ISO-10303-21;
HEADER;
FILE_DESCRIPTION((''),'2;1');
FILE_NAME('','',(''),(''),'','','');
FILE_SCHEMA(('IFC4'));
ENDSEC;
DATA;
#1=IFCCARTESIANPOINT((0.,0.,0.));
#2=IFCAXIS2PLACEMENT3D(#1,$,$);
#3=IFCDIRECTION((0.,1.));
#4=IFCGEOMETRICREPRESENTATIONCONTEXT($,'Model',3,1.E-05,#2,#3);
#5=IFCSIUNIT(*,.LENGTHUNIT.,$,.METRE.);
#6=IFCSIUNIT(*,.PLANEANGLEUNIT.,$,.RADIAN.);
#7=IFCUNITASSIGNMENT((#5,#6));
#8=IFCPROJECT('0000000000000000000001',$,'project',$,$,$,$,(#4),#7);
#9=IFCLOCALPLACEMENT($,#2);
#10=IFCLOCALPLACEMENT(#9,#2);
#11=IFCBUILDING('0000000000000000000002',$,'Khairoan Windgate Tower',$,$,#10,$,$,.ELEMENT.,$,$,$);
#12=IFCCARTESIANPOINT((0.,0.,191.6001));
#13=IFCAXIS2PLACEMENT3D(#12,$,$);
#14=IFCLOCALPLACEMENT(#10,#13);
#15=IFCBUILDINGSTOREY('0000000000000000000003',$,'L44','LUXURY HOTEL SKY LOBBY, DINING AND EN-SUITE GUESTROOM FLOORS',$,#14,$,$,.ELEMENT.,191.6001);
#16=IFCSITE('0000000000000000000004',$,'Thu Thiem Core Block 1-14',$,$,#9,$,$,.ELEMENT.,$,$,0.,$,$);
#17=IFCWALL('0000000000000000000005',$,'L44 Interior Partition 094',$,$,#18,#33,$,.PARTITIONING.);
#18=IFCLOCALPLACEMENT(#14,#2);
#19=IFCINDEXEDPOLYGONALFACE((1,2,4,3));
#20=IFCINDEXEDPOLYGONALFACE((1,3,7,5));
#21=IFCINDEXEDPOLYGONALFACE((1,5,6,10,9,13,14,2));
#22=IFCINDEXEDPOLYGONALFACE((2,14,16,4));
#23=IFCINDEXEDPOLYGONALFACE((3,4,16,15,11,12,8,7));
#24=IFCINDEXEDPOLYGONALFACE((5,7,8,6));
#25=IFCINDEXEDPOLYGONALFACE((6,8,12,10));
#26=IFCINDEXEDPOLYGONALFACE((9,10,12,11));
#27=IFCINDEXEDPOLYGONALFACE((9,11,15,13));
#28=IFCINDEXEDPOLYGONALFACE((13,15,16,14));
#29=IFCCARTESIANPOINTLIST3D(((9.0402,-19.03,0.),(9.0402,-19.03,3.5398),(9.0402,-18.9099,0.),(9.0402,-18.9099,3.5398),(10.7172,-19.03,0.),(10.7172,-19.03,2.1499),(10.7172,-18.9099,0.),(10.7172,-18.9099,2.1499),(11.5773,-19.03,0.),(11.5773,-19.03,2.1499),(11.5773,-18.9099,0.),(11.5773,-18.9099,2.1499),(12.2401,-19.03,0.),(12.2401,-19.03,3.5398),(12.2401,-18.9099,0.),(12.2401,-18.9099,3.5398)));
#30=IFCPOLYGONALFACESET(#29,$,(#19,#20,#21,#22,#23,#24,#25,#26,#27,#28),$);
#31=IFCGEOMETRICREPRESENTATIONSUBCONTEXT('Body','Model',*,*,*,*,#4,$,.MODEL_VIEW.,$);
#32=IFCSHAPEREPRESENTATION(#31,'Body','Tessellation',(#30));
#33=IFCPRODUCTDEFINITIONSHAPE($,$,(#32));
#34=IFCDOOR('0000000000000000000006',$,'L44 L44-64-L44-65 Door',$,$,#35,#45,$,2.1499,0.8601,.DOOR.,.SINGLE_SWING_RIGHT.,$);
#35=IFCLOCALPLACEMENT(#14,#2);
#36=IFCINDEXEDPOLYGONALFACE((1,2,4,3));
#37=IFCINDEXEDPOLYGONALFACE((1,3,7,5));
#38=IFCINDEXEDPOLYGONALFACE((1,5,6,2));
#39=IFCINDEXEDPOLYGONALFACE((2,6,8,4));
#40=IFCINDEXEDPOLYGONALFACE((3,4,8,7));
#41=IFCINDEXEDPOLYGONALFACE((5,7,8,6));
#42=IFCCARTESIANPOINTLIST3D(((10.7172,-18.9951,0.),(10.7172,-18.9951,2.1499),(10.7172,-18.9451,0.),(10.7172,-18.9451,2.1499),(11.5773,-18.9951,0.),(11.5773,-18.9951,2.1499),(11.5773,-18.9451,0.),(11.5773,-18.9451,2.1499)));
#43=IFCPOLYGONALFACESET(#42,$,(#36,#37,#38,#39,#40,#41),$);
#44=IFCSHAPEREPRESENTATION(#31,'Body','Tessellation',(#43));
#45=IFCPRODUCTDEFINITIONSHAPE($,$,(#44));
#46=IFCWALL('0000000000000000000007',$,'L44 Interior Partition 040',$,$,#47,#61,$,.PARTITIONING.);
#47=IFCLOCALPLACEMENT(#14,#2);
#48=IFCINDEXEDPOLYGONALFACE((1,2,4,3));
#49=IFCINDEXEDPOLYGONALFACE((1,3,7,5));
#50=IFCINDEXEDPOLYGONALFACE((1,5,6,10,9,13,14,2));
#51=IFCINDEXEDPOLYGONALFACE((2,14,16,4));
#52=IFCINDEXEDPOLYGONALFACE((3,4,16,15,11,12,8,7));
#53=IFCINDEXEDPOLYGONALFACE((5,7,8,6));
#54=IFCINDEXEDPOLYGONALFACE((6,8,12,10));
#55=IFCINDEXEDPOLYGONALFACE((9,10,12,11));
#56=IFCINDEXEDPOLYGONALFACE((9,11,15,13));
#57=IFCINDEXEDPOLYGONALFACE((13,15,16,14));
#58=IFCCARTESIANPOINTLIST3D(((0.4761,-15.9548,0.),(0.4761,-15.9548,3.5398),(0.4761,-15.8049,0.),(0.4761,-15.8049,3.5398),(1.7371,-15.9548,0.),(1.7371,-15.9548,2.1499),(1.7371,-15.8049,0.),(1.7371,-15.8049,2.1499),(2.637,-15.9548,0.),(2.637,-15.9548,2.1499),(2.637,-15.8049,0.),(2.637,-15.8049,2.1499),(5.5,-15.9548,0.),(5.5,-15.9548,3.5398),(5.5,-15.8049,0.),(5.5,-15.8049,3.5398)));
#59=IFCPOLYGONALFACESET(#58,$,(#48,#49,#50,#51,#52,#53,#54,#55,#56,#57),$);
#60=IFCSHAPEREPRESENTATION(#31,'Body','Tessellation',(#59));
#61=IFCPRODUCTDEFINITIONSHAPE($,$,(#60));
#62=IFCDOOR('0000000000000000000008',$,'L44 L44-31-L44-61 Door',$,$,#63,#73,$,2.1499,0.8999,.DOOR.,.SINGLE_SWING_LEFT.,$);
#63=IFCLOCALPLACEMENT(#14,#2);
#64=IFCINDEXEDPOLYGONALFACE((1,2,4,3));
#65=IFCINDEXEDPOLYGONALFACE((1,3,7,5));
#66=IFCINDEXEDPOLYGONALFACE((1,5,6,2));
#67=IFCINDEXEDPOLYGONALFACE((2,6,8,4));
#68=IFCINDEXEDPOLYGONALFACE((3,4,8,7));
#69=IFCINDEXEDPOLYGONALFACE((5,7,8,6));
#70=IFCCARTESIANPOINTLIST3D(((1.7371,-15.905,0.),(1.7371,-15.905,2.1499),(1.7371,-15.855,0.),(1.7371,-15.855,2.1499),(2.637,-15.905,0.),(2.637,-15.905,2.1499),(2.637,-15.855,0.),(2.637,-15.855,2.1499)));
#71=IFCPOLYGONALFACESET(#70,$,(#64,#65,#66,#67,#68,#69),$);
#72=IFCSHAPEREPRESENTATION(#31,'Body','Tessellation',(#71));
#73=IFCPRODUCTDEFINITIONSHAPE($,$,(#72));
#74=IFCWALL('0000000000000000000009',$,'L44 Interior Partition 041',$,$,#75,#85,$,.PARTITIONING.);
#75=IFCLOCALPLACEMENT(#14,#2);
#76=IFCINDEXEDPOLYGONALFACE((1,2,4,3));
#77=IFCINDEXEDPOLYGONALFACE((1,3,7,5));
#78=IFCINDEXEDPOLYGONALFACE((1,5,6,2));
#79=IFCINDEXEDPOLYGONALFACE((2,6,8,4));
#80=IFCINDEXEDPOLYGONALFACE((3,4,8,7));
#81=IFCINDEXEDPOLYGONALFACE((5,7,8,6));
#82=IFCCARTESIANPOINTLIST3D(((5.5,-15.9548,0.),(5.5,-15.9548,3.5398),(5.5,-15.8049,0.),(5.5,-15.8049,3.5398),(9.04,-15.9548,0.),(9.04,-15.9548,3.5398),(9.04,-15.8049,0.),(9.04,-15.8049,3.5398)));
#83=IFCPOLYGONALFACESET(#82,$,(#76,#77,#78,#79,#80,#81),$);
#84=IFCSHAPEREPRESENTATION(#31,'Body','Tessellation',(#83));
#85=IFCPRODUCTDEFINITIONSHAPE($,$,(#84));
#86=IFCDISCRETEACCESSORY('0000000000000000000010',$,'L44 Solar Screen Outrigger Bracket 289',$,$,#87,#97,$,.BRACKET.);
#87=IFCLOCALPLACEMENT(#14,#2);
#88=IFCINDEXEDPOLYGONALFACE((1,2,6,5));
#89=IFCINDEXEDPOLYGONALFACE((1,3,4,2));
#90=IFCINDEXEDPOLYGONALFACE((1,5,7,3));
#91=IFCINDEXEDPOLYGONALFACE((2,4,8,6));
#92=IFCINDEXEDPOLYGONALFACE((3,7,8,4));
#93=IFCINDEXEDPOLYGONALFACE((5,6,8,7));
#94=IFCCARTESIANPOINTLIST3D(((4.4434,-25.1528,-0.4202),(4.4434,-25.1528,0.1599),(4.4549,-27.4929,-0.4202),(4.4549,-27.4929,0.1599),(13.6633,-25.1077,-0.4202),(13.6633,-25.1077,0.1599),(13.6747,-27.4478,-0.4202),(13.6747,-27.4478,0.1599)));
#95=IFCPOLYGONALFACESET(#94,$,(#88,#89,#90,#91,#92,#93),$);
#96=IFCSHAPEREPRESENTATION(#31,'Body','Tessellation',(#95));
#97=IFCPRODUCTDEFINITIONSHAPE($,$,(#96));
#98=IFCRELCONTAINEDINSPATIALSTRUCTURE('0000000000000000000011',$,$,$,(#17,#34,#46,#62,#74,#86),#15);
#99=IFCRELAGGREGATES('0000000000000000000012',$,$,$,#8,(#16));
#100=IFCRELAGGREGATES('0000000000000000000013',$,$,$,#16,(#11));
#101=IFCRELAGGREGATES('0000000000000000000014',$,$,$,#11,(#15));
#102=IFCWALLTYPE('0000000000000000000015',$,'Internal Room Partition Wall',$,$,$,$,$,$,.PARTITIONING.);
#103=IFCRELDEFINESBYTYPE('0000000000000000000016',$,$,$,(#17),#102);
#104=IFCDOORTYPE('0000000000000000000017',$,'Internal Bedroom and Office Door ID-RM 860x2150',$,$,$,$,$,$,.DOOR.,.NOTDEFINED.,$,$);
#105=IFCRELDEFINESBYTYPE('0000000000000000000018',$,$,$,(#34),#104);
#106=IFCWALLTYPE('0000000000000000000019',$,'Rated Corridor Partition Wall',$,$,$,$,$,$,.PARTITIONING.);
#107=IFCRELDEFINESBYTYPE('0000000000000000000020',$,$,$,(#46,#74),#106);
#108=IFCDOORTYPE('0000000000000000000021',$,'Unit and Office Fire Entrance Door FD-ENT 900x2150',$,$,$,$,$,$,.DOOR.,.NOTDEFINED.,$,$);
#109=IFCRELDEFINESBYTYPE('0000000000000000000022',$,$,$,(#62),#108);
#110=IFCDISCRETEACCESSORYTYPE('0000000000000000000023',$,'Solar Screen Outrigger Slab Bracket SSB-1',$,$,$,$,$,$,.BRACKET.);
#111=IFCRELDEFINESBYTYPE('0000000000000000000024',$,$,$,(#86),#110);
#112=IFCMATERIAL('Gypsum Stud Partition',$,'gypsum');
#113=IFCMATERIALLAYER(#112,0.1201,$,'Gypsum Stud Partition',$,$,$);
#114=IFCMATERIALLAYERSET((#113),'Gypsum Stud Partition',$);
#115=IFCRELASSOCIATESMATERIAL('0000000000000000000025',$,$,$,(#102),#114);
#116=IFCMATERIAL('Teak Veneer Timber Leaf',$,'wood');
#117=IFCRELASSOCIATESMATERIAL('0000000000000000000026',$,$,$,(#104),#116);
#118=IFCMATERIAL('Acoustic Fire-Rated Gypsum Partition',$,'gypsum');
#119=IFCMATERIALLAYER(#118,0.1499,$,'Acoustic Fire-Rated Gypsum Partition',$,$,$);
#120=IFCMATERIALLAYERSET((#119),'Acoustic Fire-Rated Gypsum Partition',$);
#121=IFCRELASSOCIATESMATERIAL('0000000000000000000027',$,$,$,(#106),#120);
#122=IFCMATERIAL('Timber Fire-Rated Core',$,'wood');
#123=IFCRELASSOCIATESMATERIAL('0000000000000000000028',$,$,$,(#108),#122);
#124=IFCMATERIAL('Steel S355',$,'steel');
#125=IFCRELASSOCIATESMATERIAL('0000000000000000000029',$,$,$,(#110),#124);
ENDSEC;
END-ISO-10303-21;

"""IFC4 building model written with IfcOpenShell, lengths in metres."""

from ifc_helpers import new_model, si_unit, direction, frame, frame_2d, origin, origin_2d, place, context, subcontext, project, spatial, rectangle, extrude, material, layer, layer_set, type_object, element, fill, save


model = new_model("IFC4")

# Units and contexts
model_context = context("Model", 3, precision=1e-05, world=origin(), true_north=direction((0.0, 1.0)))
body_context = subcontext(model_context, "Body", "Model", "MODEL_VIEW")
ifc_project = project(units=[si_unit("LENGTHUNIT", "METRE"), si_unit("PLANEANGLEUNIT", "RADIAN")], contexts=[model_context])

# Site, building, storey
site_placement = place(None, origin())
site = spatial("IfcSite", under=ifc_project, at=site_placement, Name="Thu Thiem Core Block 1-14", CompositionType="ELEMENT", RefElevation=0.0)
building_placement = place(site_placement, origin())
building = spatial("IfcBuilding", under=site, at=building_placement, Name="Khairoan Windgate Tower", CompositionType="ELEMENT")
storey_placement = place(building_placement, frame((0.0, 0.0, 191.6001)))
storey = spatial("IfcBuildingStorey", under=building, at=storey_placement, Name="L44", Description="LUXURY HOTEL SKY LOBBY, DINING AND EN-SUITE GUESTROOM FLOORS", CompositionType="ELEMENT", Elevation=191.6001)

# Walls, openings, doors
ifc_material_1 = material(Name="Gypsum Stud Partition", Category="gypsum")
ifc_layer_1 = layer(ifc_material_1, 0.1201, Name="Gypsum Stud Partition")
ifc_layer_set_1 = layer_set([ifc_layer_1], Name="Gypsum Stud Partition")
wall_type_1 = type_object("IfcWallType", Name="Internal Room Partition Wall", PredefinedType="PARTITIONING", material=ifc_layer_set_1)
ifc_material_2 = material(Name="Teak Veneer Timber Leaf", Category="wood")
door_type_1 = type_object("IfcDoorType", Name="Internal Bedroom and Office Door ID-RM 860x2150", OperationType="NOTDEFINED", PredefinedType="DOOR", material=ifc_material_2)
wall_1_placement = place(storey_placement, frame((9.04, -18.97, 0.0), z_axis=(0.0, 0.0, 1.0), x_axis=(1.0, 0.0, 0.0)))
wall_1 = element("IfcWall", 1, at=wall_1_placement, inside=storey, type_object=wall_type_1, Name="L44 Interior Partition 094", PredefinedType="PARTITIONING", context=body_context, shape_type="SweptSolid", body=[
    extrude(rectangle(XDim=3.2, YDim=0.1201, at=frame_2d((1.6001, 0.0))), origin(), (0.0, 0.0, 1.0), 3.5398),
])
opening_1_placement = place(wall_1_placement, frame((1.677, 0.0, 0.0)))
opening_1 = element("IfcOpeningElement", 2, at=opening_1_placement, cuts=wall_1, PredefinedType="OPENING", context=body_context, shape_type="SweptSolid", body=[
    extrude(rectangle(XDim=0.8601, YDim=2.1499, at=frame_2d((0.4302, 1.075))), frame((0.0, 0.0701, 0.0), z_axis=(0.0, -1.0, 0.0), x_axis=(1.0, 0.0, 0.0)), (0.0, 0.0, 1.0), 0.1401),
])
door_1_placement = place(opening_1_placement, origin())
door_1 = element("IfcDoor", 3, at=door_1_placement, inside=storey, type_object=door_type_1, Name="L44 L44-64-L44-65 Door", OperationType="SINGLE_SWING_RIGHT", OverallHeight=2.1499, OverallWidth=0.8601, PredefinedType="DOOR", context=body_context, shape_type="SweptSolid", body=[
    extrude(rectangle(XDim=0.8601, YDim=2.1499, at=frame_2d((0.4302, 1.075))), frame((0.0, 0.0249, 0.0), z_axis=(0.0, -1.0, 0.0), x_axis=(1.0, 0.0, 0.0)), (0.0, 0.0, 1.0), 0.05),
])
fill(opening_1, door_1)
ifc_material_3 = material(Name="Acoustic Fire-Rated Gypsum Partition", Category="gypsum")
ifc_layer_2 = layer(ifc_material_3, 0.1499, Name="Acoustic Fire-Rated Gypsum Partition")
ifc_layer_set_2 = layer_set([ifc_layer_2], Name="Acoustic Fire-Rated Gypsum Partition")
wall_type_2 = type_object("IfcWallType", Name="Rated Corridor Partition Wall", PredefinedType="PARTITIONING", material=ifc_layer_set_2)
ifc_material_4 = material(Name="Timber Fire-Rated Core", Category="wood")
door_type_2 = type_object("IfcDoorType", Name="Unit and Office Fire Entrance Door FD-ENT 900x2150", OperationType="NOTDEFINED", PredefinedType="DOOR", material=ifc_material_4)
wall_2_placement = place(storey_placement, frame((0.4761, -15.8799, 0.0), z_axis=(0.0, 0.0, 1.0), x_axis=(1.0, 0.0, 0.0)))
wall_2 = element("IfcWall", 4, at=wall_2_placement, inside=storey, type_object=wall_type_2, Name="L44 Interior Partition 040", PredefinedType="PARTITIONING", context=body_context, shape_type="SweptSolid", body=[
    extrude(rectangle(XDim=5.0239, YDim=0.1499, at=frame_2d((2.512, 0.0))), origin(), (0.0, 0.0, 1.0), 3.5398),
])
opening_2_placement = place(wall_2_placement, frame((1.261, 0.0, 0.0)))
opening_2 = element("IfcOpeningElement", 5, at=opening_2_placement, cuts=wall_2, PredefinedType="OPENING", context=body_context, shape_type="SweptSolid", body=[
    extrude(rectangle(XDim=0.8999, YDim=2.1499, at=frame_2d((0.45, 1.075))), frame((0.0, 0.085, 0.0), z_axis=(0.0, -1.0, 0.0), x_axis=(1.0, 0.0, 0.0)), (0.0, 0.0, 1.0), 0.1699),
])
door_2_placement = place(opening_2_placement, origin())
door_2 = element("IfcDoor", 6, at=door_2_placement, inside=storey, type_object=door_type_2, Name="L44 L44-31-L44-61 Door", OperationType="SINGLE_SWING_LEFT", OverallHeight=2.1499, OverallWidth=0.8999, PredefinedType="DOOR", context=body_context, shape_type="SweptSolid", body=[
    extrude(rectangle(XDim=0.8999, YDim=2.1499, at=frame_2d((0.45, 1.075))), frame((0.0, 0.0249, 0.0), z_axis=(0.0, -1.0, 0.0), x_axis=(1.0, 0.0, 0.0)), (0.0, 0.0, 1.0), 0.05),
])
fill(opening_2, door_2)

# Wall
wall_3_placement = place(storey_placement, frame((5.5, -15.8799, 0.0), z_axis=(0.0, 0.0, 1.0), x_axis=(1.0, 0.0, 0.0)))
element("IfcWall", 7, at=wall_3_placement, inside=storey, type_object=wall_type_2, Name="L44 Interior Partition 041", PredefinedType="PARTITIONING", context=body_context, shape_type="SweptSolid", body=[
    extrude(rectangle(XDim=3.54, YDim=0.1499, at=frame_2d((1.77, 0.0))), origin(), (0.0, 0.0, 1.0), 3.5398),
])

# Discrete accessory
ifc_material_5 = material(Name="Steel S355", Category="steel")
discrete_accessory_type = type_object("IfcDiscreteAccessoryType", Name="Solar Screen Outrigger Slab Bracket SSB-1", PredefinedType="BRACKET", material=ifc_material_5)
discrete_accessory_placement = place(storey_placement, frame((9.0591, -26.3003, -0.4202), z_axis=(0.0, 0.0, 1.0), x_axis=(-0.999988, -0.004887, 0.0)))
element("IfcDiscreteAccessory", 8, at=discrete_accessory_placement, inside=storey, type_object=discrete_accessory_type, Name="L44 Solar Screen Outrigger Bracket 289", PredefinedType="BRACKET", context=body_context, shape_type="SweptSolid", body=[
    extrude(rectangle(XDim=9.22, YDim=2.3401, at=origin_2d()), origin(), (0.0, 0.0, 1.0), 0.5801),
])

save(model, "model.ifc")
